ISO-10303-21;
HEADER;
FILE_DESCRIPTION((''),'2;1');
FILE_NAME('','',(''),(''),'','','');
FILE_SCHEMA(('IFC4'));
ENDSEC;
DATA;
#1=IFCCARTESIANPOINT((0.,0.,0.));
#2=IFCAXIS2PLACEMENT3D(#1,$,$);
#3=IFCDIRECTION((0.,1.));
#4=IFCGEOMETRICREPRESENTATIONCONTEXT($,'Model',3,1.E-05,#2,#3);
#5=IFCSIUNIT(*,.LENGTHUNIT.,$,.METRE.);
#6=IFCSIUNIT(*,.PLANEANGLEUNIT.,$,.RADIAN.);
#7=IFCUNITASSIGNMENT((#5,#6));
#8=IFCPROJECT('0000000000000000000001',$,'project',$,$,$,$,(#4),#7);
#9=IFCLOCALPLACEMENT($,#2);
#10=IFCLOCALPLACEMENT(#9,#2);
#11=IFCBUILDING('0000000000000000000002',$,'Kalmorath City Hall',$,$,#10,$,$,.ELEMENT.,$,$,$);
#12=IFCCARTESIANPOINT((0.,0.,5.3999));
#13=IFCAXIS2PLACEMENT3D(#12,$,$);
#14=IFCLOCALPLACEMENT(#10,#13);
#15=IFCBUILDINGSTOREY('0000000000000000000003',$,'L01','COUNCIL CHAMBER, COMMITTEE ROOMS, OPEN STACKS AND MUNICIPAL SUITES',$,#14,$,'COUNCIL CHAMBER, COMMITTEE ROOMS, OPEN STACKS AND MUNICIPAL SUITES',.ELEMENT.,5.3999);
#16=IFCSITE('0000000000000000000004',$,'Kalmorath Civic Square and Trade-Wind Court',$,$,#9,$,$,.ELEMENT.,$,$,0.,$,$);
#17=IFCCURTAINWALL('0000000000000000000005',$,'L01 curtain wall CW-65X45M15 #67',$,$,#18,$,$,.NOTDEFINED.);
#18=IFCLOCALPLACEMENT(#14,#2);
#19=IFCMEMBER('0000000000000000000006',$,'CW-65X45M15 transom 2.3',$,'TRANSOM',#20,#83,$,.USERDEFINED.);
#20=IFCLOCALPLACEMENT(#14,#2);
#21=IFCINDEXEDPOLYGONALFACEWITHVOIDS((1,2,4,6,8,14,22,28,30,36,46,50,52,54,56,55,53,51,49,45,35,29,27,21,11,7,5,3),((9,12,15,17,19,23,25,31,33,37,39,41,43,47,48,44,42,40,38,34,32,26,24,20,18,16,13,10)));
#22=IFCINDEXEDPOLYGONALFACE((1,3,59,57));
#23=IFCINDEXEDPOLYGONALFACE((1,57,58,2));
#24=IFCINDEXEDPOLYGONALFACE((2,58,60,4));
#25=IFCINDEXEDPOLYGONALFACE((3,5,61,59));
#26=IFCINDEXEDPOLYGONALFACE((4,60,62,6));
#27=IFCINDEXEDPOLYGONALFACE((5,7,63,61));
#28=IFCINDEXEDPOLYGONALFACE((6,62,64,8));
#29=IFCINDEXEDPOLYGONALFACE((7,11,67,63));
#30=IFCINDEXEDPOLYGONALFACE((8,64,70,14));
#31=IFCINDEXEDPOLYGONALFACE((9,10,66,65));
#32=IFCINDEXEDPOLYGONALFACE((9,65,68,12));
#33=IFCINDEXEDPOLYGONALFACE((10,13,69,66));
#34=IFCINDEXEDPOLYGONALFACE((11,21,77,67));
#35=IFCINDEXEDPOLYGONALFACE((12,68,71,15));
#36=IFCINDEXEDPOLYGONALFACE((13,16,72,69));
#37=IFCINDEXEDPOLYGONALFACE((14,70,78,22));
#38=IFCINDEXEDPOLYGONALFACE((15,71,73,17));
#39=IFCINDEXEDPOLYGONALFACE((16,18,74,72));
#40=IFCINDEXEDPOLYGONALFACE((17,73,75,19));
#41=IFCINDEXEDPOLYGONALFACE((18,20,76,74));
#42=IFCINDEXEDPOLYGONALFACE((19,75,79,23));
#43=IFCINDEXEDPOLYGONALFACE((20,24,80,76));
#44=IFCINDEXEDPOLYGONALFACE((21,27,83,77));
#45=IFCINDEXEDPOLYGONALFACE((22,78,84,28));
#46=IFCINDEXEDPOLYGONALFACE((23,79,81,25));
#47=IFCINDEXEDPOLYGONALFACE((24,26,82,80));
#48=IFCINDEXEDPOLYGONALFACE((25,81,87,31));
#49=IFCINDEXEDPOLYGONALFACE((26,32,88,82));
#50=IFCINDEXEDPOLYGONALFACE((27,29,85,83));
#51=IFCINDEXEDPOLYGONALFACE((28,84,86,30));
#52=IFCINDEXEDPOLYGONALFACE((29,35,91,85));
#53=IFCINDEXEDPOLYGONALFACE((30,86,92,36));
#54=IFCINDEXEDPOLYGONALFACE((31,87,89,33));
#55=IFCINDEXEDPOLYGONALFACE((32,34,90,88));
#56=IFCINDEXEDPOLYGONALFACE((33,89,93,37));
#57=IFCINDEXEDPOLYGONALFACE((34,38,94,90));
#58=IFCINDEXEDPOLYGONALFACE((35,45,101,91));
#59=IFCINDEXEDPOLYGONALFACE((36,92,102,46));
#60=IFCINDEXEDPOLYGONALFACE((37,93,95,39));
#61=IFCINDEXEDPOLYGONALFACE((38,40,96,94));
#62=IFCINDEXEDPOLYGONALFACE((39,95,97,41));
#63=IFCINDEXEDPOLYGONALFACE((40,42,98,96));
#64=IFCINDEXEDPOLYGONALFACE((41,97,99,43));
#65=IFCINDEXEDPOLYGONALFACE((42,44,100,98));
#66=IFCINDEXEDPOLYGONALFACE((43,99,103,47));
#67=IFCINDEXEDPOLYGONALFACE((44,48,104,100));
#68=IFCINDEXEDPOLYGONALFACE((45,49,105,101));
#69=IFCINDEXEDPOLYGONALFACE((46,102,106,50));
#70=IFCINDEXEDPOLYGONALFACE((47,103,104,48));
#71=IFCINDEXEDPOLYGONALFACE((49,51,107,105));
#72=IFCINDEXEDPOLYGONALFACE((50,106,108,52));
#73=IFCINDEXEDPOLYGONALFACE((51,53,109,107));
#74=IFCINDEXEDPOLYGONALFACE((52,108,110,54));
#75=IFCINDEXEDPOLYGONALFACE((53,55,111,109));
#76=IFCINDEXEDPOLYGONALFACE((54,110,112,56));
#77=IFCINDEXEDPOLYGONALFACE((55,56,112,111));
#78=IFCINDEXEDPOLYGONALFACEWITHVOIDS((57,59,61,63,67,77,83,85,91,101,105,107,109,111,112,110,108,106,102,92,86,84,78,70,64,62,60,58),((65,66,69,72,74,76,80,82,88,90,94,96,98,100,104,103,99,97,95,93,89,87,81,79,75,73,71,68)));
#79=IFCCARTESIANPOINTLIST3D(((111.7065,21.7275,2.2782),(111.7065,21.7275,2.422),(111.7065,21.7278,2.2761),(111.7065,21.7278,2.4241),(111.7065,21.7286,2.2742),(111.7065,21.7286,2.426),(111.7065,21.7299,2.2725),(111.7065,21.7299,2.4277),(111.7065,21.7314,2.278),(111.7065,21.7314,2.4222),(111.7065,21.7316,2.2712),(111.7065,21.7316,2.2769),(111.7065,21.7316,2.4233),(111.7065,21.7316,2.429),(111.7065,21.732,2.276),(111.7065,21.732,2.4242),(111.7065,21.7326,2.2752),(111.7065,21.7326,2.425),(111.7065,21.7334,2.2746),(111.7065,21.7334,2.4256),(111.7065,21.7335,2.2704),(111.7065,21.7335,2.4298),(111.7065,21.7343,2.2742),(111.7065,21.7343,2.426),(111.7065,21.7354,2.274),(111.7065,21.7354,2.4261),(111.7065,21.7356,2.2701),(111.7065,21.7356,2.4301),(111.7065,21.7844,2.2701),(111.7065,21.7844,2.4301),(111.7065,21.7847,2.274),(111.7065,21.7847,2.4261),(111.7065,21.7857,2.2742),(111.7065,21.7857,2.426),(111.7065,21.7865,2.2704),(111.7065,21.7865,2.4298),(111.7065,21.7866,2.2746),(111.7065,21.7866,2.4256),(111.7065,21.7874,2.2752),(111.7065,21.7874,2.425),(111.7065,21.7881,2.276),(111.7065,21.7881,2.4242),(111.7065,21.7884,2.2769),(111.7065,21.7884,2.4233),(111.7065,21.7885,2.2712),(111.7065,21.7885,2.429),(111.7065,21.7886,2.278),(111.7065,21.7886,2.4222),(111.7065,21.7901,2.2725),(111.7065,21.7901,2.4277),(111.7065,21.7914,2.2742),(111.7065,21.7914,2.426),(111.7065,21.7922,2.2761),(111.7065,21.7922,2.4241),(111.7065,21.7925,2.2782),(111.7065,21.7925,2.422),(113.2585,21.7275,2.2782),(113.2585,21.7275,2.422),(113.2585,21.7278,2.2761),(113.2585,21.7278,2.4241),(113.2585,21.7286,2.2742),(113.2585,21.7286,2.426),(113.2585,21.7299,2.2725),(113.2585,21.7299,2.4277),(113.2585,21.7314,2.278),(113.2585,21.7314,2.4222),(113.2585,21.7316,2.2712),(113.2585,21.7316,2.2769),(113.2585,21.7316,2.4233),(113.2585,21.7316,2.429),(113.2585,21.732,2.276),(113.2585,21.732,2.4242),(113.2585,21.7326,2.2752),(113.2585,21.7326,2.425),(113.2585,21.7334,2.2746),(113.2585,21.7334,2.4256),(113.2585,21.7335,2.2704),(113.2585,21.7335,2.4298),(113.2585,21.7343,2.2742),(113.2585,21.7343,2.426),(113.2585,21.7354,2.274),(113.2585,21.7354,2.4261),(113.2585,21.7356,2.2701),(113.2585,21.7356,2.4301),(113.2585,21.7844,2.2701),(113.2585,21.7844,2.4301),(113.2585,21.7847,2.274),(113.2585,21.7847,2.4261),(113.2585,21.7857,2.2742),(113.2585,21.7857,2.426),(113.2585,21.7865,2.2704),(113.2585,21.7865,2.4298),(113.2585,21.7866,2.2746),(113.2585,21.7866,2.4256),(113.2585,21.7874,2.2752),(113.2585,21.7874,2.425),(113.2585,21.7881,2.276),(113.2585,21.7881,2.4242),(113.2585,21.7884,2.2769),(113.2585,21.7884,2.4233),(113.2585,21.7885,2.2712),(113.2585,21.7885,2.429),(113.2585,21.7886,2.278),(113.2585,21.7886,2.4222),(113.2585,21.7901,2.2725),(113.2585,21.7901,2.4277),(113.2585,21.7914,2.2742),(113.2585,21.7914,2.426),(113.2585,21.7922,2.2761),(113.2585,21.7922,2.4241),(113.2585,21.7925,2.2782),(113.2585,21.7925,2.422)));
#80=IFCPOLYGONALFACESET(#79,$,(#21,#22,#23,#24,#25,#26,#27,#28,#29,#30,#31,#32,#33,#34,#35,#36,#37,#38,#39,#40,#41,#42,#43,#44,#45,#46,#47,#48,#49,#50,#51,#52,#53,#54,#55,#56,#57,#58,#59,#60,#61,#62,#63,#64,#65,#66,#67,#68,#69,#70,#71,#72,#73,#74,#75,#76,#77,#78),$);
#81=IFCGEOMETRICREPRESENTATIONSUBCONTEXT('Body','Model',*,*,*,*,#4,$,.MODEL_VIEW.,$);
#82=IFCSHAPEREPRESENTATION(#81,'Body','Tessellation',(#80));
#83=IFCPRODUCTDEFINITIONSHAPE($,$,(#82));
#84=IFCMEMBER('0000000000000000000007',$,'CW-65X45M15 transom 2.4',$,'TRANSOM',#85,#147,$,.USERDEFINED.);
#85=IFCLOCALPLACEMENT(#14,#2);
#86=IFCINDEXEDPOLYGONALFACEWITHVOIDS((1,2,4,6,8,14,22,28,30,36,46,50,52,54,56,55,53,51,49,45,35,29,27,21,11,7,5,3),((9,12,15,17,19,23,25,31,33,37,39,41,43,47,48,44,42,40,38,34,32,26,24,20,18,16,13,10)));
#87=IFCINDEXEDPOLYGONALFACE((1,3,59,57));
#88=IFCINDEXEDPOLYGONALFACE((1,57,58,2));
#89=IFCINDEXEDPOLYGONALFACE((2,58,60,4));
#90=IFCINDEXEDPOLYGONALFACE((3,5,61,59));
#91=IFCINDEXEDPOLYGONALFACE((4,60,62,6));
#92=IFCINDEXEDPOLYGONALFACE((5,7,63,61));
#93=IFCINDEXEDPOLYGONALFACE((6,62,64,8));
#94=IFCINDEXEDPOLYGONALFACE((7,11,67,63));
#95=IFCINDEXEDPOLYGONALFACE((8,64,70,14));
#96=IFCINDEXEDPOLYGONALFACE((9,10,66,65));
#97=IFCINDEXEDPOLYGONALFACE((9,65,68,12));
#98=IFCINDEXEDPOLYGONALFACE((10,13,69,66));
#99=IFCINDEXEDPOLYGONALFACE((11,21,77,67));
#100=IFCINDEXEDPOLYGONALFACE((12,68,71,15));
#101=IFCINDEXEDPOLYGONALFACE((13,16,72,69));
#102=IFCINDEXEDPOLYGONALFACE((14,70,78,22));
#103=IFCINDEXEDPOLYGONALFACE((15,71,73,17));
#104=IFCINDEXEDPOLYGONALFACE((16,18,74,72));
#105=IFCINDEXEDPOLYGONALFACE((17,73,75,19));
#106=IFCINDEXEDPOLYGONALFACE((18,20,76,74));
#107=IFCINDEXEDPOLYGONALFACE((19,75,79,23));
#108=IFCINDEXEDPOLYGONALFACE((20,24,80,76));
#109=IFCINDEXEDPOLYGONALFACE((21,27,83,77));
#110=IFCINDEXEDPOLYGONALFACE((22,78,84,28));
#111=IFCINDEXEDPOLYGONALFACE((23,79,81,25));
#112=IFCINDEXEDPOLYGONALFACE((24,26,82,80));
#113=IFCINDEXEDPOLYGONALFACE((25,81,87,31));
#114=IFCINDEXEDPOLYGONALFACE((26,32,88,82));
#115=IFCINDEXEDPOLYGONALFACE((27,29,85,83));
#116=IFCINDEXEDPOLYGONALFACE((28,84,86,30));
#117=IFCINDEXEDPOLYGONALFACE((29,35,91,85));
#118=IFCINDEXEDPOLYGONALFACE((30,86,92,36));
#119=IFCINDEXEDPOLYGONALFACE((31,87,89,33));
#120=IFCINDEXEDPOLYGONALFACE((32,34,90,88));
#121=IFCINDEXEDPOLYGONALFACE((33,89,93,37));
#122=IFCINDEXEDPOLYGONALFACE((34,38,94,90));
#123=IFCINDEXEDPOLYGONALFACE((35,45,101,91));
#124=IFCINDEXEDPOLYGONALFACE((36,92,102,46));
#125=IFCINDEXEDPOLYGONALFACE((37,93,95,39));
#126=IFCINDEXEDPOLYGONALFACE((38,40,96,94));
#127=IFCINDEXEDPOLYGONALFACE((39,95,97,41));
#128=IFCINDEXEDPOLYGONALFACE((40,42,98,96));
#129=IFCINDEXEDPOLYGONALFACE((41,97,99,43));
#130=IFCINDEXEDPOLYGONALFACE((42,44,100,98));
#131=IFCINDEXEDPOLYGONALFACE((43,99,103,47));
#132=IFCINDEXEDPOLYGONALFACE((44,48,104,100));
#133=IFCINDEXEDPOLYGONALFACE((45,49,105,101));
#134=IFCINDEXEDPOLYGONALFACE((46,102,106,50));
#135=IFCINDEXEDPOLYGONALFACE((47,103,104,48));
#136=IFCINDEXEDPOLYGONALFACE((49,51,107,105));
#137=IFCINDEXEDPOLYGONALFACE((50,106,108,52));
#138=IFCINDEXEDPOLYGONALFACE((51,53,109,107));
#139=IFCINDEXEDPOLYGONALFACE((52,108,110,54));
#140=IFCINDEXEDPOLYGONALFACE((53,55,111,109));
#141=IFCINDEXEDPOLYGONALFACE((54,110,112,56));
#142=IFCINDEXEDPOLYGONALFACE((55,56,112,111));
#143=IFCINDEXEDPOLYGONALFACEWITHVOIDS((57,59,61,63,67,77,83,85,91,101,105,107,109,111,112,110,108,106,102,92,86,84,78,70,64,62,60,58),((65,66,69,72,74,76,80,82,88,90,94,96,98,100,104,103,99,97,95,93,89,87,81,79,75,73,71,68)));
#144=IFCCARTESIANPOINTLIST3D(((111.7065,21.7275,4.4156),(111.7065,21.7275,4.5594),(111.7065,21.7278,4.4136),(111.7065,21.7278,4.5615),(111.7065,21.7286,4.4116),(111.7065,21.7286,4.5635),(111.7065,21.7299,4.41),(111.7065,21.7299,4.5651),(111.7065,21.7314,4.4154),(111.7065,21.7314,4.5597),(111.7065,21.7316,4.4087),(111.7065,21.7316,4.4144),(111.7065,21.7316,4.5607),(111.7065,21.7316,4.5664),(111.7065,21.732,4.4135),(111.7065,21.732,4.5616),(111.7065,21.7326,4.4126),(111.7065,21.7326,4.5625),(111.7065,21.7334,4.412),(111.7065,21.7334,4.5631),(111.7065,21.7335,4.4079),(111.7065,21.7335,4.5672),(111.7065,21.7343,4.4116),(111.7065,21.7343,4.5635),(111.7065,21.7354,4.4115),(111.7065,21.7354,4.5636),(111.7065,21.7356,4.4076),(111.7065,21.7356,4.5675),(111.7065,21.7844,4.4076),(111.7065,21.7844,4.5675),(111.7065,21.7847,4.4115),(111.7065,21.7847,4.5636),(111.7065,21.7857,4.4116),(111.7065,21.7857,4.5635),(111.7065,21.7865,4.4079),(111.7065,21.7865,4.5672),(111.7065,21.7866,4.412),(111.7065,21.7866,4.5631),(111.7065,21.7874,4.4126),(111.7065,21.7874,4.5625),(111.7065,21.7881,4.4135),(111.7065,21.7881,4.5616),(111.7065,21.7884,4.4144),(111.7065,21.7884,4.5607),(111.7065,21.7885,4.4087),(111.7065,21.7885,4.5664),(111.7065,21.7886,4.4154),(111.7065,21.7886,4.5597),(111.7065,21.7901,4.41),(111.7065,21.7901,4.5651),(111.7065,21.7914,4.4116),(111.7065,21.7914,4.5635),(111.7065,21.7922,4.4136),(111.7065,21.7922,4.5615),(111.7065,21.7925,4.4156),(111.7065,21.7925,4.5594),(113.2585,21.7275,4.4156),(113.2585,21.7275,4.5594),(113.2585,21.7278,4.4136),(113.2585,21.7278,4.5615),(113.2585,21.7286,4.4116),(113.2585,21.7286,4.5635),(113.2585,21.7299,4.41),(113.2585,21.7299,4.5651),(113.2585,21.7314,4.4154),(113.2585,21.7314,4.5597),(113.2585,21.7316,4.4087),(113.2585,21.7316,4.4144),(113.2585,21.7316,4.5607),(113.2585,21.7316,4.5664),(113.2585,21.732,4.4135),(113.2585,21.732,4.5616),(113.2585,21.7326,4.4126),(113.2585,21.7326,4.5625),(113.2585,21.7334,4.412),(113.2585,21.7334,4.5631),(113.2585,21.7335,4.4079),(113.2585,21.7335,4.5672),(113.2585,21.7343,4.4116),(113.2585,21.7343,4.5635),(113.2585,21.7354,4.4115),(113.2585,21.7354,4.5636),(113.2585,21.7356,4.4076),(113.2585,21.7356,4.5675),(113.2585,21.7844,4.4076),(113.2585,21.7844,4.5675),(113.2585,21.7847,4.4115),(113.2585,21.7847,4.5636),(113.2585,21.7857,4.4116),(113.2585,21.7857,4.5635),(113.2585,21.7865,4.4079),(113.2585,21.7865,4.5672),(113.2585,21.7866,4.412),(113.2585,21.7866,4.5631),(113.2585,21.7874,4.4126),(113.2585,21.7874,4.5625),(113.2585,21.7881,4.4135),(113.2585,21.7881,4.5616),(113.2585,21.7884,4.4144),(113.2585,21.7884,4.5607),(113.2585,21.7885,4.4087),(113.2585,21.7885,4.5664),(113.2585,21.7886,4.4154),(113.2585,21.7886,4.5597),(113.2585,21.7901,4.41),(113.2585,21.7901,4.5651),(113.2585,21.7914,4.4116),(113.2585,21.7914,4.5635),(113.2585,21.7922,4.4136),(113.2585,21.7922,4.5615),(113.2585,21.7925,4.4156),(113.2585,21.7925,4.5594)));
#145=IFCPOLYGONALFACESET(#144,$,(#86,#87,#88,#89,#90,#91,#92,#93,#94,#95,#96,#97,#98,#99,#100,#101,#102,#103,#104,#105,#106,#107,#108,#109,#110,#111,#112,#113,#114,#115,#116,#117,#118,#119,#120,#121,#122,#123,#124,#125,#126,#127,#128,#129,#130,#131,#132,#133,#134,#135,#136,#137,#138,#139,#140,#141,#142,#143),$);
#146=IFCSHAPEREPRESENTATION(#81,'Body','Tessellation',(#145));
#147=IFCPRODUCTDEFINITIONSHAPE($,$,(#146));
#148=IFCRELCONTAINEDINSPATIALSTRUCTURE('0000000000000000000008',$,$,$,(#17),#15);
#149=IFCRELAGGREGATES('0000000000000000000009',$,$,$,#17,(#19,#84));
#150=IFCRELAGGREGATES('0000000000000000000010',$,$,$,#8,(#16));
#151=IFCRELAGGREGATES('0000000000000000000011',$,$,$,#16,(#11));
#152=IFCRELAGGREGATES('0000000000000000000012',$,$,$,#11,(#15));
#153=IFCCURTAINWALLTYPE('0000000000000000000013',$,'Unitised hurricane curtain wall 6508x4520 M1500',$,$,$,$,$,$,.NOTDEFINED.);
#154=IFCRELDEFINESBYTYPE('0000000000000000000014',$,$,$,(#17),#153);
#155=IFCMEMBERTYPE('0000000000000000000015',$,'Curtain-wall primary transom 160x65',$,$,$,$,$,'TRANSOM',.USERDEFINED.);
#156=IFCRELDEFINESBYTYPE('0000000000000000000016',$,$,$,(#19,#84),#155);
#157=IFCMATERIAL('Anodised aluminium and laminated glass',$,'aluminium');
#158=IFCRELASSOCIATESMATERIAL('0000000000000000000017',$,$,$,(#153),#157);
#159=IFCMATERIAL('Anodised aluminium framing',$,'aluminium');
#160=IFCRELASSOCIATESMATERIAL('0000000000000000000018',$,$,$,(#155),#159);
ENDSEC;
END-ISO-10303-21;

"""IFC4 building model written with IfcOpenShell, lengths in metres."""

from ifc_helpers import new_model, si_unit, direction, frame, origin, origin_2d, place, context, subcontext, project, spatial, hollow_rectangle, extrude, material, material_profile, profile_set, type_object, element, aggregate, save


model = new_model("IFC4")

# Units and contexts
model_context = context("Model", 3, precision=1e-05, world=origin(), true_north=direction((0.0, 1.0)))
body_context = subcontext(model_context, "Body", "Model", "MODEL_VIEW")
ifc_project = project(units=[si_unit("LENGTHUNIT", "METRE"), si_unit("PLANEANGLEUNIT", "RADIAN")], contexts=[model_context])

# Site, building, storey
site_placement = place(None, origin())
site = spatial("IfcSite", under=ifc_project, at=site_placement, Name="Kalmorath Civic Square and Trade-Wind Court", CompositionType="ELEMENT", RefElevation=0.0)
building_placement = place(site_placement, origin())
building = spatial("IfcBuilding", under=site, at=building_placement, Name="Kalmorath City Hall", CompositionType="ELEMENT")
storey_placement = place(building_placement, frame((0.0, 0.0, 5.3999)))
storey = spatial("IfcBuildingStorey", under=building, at=storey_placement, Name="L01", Description="COUNCIL CHAMBER, COMMITTEE ROOMS, OPEN STACKS AND MUNICIPAL SUITES", LongName="COUNCIL CHAMBER, COMMITTEE ROOMS, OPEN STACKS AND MUNICIPAL SUITES", CompositionType="ELEMENT", Elevation=5.3999)

# Curtain wall, members
ifc_material_1 = material(Name="Anodised aluminium and laminated glass", Category="aluminium")
curtain_wall_type = type_object("IfcCurtainWallType", Name="Unitised hurricane curtain wall 6508x4520 M1500", PredefinedType="NOTDEFINED", material=ifc_material_1)
curtain_wall_placement = place(storey_placement, origin())
curtain_wall = element("IfcCurtainWall", 1, at=curtain_wall_placement, inside=storey, type_object=curtain_wall_type, Name="L01 curtain wall CW-65X45M15 #67", PredefinedType="NOTDEFINED")
ifc_material_2 = material(Name="Anodised aluminium framing", Category="aluminium")
ifc_material_profile_1 = material_profile(ifc_material_2, hollow_rectangle(XDim=0.0649, YDim=0.1599, WallThickness=0.0039, InnerFilletRadius=0.0039, OuterFilletRadius=0.0081, at=origin_2d()), Name="ALU-TRN-160X65X4")
ifc_profile_set_1 = profile_set([ifc_material_profile_1], Name="Anodised aluminium framing")
member_type_1 = type_object("IfcMemberType", Name="Curtain-wall primary transom 160x65", ElementType="TRANSOM", PredefinedType="USERDEFINED", material=ifc_profile_set_1)
member_1_placement = place(storey_placement, frame((113.2585, 21.76, 2.3501), z_axis=(-1.0, 0.0, 0.0), x_axis=(0.0, -1.0, 0.0)))
member_1 = element("IfcMember", 2, at=member_1_placement, type_object=member_type_1, Name="CW-65X45M15 transom 2.3", ObjectType="TRANSOM", PredefinedType="USERDEFINED", context=body_context, shape_type="SweptSolid", body=[
    extrude(hollow_rectangle(XDim=0.0649, YDim=0.1599, WallThickness=0.0039, InnerFilletRadius=0.0039, OuterFilletRadius=0.0081, at=origin_2d()), origin(), (0.0, 0.0, 1.0), 1.552),
])
member_2_placement = place(storey_placement, frame((113.2585, 21.76, 4.4875), z_axis=(-1.0, 0.0, 0.0), x_axis=(0.0, -1.0, 0.0)))
member_2 = element("IfcMember", 3, at=member_2_placement, type_object=member_type_1, Name="CW-65X45M15 transom 2.4", ObjectType="TRANSOM", PredefinedType="USERDEFINED", context=body_context, shape_type="SweptSolid", body=[
    extrude(hollow_rectangle(XDim=0.0649, YDim=0.1599, WallThickness=0.0039, InnerFilletRadius=0.0039, OuterFilletRadius=0.0081, at=origin_2d()), origin(), (0.0, 0.0, 1.0), 1.552),
])
aggregate(curtain_wall, [member_1, member_2])

save(model, "model.ifc")
